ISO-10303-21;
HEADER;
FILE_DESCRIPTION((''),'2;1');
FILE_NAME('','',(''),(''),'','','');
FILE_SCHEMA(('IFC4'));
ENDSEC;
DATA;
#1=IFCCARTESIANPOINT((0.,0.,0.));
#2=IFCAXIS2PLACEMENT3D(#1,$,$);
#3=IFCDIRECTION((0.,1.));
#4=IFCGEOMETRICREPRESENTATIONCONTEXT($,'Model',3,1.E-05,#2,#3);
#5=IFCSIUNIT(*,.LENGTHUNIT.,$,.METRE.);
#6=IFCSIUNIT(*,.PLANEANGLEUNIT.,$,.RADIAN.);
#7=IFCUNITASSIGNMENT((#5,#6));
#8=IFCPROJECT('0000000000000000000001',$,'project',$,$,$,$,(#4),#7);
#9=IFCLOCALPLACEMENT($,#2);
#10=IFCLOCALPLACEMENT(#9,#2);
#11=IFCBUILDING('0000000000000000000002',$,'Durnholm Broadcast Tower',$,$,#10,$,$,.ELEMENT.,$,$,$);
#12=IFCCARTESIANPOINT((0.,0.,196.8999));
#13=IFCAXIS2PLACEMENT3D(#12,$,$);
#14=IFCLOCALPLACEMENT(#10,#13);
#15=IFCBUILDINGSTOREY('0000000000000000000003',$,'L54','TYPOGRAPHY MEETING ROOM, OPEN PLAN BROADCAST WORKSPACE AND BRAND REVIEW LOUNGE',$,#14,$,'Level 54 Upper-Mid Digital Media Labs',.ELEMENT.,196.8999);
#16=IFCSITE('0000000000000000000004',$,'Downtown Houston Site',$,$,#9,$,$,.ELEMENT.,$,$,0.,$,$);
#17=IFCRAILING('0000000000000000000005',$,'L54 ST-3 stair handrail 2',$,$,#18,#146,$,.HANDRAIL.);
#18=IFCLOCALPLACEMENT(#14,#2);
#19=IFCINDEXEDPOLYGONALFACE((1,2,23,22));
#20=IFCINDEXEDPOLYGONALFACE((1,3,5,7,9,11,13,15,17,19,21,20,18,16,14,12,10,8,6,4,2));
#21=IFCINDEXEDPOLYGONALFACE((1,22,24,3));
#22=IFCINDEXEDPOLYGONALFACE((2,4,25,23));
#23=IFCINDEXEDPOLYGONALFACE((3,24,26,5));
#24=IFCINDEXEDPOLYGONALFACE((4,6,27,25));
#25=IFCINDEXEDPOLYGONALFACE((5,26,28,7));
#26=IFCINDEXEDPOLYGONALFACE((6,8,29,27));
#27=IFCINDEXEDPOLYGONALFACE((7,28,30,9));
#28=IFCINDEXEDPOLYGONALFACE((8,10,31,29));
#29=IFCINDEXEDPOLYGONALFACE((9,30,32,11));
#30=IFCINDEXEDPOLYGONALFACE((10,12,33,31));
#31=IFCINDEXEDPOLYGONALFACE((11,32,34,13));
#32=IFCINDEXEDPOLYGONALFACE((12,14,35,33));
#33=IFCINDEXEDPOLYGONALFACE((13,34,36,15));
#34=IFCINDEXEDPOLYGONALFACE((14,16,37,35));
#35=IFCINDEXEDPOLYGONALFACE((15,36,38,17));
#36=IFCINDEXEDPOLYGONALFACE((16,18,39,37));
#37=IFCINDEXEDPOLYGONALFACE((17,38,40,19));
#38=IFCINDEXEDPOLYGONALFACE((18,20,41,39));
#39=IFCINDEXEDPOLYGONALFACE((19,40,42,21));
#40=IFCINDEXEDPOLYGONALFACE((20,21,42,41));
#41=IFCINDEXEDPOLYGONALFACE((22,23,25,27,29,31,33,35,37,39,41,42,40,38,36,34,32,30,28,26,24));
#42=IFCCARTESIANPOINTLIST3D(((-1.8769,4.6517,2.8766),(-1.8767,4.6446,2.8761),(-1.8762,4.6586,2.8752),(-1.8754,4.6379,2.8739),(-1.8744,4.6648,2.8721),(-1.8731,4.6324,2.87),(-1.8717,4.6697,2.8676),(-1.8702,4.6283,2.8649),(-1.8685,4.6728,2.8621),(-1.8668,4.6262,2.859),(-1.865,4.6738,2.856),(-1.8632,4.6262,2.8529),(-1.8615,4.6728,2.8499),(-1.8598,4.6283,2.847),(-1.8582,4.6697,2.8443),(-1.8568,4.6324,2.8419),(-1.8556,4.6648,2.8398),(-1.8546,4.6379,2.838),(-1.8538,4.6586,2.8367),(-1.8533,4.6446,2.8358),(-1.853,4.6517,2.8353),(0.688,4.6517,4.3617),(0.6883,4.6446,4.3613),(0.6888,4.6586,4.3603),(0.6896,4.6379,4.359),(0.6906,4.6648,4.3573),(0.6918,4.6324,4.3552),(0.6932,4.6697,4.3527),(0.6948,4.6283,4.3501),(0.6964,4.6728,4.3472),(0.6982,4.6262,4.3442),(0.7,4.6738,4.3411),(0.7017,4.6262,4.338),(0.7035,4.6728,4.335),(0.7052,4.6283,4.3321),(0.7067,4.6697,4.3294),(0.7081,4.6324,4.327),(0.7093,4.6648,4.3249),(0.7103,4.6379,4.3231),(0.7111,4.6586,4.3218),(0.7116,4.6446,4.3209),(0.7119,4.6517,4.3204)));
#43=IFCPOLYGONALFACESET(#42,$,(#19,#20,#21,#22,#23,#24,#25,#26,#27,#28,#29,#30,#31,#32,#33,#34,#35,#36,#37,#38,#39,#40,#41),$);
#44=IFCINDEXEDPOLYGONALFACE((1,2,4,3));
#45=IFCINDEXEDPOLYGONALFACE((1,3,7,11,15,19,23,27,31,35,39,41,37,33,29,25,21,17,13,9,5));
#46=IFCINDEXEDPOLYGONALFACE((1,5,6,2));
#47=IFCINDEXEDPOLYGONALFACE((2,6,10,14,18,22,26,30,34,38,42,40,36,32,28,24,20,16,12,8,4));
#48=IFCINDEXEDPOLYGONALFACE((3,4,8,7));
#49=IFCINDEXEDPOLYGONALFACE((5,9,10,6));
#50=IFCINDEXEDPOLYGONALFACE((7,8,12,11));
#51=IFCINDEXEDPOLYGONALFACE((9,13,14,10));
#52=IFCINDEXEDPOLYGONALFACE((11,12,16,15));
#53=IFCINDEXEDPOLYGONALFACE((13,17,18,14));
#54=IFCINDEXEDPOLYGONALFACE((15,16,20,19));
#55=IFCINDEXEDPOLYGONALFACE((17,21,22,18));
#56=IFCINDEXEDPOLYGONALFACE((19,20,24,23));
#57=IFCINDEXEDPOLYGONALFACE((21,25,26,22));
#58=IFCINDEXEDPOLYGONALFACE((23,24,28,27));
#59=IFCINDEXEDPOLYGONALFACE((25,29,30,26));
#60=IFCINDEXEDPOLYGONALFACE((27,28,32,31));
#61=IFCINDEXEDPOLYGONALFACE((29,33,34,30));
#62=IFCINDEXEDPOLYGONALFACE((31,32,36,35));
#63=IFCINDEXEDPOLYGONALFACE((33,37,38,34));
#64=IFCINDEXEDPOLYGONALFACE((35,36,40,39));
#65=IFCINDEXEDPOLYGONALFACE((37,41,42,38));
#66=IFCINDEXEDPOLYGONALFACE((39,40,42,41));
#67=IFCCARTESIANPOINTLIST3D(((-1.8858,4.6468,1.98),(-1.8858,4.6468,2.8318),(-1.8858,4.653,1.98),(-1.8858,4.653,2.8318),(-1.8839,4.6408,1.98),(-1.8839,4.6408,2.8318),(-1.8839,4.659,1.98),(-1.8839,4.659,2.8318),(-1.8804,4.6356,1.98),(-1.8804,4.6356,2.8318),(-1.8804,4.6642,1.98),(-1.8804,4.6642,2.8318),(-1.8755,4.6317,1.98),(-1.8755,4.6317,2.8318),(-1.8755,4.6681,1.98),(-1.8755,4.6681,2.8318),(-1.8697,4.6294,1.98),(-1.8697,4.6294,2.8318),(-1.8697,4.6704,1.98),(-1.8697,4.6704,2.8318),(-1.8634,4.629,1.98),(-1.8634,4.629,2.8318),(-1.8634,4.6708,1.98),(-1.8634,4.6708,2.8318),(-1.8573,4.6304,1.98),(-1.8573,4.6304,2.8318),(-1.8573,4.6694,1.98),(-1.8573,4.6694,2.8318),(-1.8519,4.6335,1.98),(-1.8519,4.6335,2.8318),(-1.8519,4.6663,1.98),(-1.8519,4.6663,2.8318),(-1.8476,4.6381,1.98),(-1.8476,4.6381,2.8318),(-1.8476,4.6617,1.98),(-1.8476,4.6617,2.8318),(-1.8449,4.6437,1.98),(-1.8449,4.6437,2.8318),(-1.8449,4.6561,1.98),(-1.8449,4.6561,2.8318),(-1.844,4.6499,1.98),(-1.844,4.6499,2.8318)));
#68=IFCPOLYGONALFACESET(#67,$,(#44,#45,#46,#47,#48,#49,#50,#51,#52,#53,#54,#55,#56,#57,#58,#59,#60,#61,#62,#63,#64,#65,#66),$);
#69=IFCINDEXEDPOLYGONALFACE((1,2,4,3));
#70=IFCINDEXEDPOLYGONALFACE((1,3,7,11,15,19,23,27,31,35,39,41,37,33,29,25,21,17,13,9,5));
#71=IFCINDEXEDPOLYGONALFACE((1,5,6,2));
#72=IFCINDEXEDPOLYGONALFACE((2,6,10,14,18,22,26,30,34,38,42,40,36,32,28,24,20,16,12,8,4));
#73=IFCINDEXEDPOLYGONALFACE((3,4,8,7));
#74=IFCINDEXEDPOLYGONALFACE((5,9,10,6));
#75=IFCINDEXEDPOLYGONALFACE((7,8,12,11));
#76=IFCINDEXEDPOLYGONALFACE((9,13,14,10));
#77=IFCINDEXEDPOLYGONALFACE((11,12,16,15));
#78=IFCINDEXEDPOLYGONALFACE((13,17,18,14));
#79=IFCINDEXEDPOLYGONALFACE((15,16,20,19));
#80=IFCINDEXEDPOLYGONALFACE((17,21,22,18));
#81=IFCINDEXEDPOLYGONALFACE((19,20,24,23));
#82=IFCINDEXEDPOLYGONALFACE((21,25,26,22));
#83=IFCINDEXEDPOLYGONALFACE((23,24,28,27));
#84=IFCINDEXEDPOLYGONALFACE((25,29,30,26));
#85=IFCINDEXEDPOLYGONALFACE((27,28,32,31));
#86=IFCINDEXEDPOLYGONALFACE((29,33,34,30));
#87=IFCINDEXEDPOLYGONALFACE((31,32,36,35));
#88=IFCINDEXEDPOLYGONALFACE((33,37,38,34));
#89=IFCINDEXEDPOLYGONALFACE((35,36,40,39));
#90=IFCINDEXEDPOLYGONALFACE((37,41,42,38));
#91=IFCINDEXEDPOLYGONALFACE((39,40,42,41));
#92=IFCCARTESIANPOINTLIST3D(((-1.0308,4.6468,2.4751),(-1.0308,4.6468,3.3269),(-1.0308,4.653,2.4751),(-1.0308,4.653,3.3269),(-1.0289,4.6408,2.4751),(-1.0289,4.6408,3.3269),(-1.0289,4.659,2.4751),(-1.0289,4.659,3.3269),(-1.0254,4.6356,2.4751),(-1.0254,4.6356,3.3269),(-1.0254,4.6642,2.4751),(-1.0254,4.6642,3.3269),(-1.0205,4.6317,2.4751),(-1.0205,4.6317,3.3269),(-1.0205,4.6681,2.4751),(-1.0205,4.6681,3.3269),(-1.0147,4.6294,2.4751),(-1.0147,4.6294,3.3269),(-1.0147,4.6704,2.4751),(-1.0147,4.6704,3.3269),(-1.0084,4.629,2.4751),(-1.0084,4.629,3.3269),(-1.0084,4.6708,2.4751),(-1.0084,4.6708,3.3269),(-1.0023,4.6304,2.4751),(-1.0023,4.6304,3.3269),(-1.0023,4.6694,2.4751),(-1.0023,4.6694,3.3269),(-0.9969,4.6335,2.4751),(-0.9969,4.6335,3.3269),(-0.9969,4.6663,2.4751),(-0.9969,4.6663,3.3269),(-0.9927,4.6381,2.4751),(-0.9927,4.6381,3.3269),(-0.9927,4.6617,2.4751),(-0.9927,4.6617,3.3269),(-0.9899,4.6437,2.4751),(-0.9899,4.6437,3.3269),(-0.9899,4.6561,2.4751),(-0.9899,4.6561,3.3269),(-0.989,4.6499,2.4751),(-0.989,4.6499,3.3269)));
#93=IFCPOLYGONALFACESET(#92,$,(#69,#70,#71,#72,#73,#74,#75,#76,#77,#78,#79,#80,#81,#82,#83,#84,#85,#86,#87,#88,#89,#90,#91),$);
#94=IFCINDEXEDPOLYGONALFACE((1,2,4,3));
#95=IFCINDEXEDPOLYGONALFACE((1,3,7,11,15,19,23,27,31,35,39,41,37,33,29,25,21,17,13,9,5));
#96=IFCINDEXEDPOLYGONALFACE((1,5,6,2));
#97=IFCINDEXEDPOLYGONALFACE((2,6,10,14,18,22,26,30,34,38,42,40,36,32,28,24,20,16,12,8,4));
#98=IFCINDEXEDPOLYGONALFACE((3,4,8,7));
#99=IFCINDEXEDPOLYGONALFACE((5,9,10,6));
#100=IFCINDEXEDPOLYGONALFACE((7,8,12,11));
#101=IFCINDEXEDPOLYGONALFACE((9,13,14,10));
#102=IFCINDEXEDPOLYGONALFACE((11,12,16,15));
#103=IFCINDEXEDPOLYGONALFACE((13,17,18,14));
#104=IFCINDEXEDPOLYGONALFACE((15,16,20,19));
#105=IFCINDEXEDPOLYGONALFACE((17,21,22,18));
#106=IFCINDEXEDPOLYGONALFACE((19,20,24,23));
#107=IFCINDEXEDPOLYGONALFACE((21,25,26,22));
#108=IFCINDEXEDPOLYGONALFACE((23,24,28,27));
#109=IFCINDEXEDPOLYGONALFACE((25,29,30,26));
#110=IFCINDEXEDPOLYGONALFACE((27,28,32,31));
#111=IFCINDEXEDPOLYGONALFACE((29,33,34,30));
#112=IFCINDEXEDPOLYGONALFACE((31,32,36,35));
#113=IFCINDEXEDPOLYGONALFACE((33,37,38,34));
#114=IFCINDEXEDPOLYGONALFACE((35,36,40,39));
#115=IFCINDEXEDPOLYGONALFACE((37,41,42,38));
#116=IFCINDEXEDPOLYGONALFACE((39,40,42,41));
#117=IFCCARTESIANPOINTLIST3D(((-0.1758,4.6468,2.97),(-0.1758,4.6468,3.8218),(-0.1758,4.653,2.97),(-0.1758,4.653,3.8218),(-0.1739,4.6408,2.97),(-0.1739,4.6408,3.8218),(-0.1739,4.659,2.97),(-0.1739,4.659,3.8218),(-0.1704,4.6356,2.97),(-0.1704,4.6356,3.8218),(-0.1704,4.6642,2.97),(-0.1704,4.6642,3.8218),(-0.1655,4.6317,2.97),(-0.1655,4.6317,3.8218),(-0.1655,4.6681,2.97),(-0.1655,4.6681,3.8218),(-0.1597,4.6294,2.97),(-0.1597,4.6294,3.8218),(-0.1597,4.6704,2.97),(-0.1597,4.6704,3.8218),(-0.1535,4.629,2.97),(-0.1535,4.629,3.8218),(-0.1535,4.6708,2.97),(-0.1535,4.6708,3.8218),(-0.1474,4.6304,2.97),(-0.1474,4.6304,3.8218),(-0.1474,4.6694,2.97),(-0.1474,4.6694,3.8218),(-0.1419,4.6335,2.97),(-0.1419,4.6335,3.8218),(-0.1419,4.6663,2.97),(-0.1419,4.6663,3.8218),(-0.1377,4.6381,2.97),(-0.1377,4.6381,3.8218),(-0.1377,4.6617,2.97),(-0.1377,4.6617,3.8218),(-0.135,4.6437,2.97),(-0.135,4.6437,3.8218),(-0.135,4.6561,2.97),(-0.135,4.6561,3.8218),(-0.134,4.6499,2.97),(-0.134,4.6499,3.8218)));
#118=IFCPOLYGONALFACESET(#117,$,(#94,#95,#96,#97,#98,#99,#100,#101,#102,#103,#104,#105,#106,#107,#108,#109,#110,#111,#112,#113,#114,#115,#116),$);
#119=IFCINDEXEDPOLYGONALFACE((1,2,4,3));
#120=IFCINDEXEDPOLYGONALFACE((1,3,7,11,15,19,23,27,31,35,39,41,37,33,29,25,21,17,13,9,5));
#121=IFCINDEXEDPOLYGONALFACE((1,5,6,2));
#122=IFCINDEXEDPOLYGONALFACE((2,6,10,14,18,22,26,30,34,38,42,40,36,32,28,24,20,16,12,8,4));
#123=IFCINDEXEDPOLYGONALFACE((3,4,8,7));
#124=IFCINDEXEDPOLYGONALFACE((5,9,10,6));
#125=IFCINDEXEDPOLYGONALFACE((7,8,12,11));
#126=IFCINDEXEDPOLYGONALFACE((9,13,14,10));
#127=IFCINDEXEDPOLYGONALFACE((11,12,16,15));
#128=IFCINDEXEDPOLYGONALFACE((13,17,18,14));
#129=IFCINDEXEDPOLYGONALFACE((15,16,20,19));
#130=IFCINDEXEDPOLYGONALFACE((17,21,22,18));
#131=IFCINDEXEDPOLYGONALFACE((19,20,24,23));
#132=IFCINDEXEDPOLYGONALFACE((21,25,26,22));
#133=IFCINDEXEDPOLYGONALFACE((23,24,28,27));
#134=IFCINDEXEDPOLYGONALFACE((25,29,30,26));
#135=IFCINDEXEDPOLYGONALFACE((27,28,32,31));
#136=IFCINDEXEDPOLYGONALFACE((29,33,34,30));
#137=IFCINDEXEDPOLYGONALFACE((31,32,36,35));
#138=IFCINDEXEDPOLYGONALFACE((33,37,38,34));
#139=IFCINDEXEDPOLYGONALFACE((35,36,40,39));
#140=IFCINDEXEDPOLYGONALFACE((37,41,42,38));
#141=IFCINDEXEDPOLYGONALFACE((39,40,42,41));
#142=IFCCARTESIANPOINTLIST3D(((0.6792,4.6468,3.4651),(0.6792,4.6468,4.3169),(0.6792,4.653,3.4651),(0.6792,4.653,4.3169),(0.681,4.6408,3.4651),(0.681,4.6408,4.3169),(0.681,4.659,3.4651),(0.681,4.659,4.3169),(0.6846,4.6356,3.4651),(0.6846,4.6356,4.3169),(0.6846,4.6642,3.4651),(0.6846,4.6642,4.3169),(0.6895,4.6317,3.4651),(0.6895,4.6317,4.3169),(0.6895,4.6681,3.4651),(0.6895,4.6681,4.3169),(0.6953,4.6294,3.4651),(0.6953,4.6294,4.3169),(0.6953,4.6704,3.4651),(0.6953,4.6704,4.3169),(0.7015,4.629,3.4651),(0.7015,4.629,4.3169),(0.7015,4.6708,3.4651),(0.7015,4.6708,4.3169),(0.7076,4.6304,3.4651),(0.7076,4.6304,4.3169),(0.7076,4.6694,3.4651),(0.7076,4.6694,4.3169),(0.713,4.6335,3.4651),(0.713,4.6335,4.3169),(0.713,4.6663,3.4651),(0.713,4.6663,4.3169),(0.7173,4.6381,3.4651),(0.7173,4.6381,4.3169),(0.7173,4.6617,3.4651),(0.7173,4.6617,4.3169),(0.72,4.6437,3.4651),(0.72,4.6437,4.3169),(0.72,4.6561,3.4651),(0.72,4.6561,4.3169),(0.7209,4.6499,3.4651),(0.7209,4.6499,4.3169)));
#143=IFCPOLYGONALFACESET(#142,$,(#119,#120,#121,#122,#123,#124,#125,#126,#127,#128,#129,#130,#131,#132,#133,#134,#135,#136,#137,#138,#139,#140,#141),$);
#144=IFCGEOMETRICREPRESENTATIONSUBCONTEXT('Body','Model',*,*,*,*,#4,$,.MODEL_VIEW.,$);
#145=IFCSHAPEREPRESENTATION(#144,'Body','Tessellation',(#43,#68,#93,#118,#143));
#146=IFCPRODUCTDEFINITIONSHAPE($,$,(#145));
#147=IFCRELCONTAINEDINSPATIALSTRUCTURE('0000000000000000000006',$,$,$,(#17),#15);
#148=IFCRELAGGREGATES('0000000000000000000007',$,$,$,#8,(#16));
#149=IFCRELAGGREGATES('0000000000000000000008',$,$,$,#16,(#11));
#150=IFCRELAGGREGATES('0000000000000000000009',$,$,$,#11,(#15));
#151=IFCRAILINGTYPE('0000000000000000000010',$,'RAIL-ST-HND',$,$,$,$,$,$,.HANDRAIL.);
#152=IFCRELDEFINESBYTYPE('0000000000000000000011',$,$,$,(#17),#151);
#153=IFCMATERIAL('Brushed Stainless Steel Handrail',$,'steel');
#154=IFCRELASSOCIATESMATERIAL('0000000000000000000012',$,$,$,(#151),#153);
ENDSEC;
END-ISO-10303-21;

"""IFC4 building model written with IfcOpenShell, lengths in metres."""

from ifc_helpers import new_model, si_unit, direction, frame, origin, origin_2d, place, context, subcontext, project, spatial, circle, extrude, material, type_object, element, save


model = new_model("IFC4")

# Units and contexts
model_context = context("Model", 3, precision=1e-05, world=origin(), true_north=direction((0.0, 1.0)))
body_context = subcontext(model_context, "Body", "Model", "MODEL_VIEW")
ifc_project = project(units=[si_unit("LENGTHUNIT", "METRE"), si_unit("PLANEANGLEUNIT", "RADIAN")], contexts=[model_context])

# Site, building, storey
site_placement = place(None, origin())
site = spatial("IfcSite", under=ifc_project, at=site_placement, Name="Downtown Houston Site", CompositionType="ELEMENT", RefElevation=0.0)
building_placement = place(site_placement, origin())
building = spatial("IfcBuilding", under=site, at=building_placement, Name="Durnholm Broadcast Tower", CompositionType="ELEMENT")
storey_placement = place(building_placement, frame((0.0, 0.0, 196.8999)))
storey = spatial("IfcBuildingStorey", under=building, at=storey_placement, Name="L54", Description="TYPOGRAPHY MEETING ROOM, OPEN PLAN BROADCAST WORKSPACE AND BRAND REVIEW LOUNGE", LongName="Level 54 Upper-Mid Digital Media Labs", CompositionType="ELEMENT", Elevation=196.8999)

# Railing
ifc_material_1 = material(Name="Brushed Stainless Steel Handrail", Category="steel")
railing_type_1 = type_object("IfcRailingType", Name="RAIL-ST-HND", PredefinedType="HANDRAIL", material=ifc_material_1)
railing_1_placement = place(storey_placement, frame((-1.865, 4.6499, 1.98)))
element("IfcRailing", 1, at=railing_1_placement, inside=storey, type_object=railing_type_1, Name="L54 ST-3 stair handrail 2", PredefinedType="HANDRAIL", context=body_context, shape_type="SweptSolid", body=[
    extrude(circle(Radius=0.0239, at=origin_2d()), frame((0.0, 0.0, 0.876), z_axis=(0.865406, 0.0, 0.501072), x_axis=(0.0, 1.0, 0.0)), (0.0, 0.0, 1.0), 2.9639),
    extrude(circle(Radius=0.021, at=origin_2d()), origin(), (0.0, 0.0, 1.0), 0.8518),
    extrude(circle(Radius=0.021, at=origin_2d()), frame((0.855, 0.0, 0.4951)), (0.0, 0.0, 1.0), 0.8518),
    extrude(circle(Radius=0.021, at=origin_2d()), frame((1.71, 0.0, 0.99)), (0.0, 0.0, 1.0), 0.8518),
    extrude(circle(Radius=0.021, at=origin_2d()), frame((2.5649, 0.0, 1.4851)), (0.0, 0.0, 1.0), 0.8518),
])

save(model, "model.ifc")
